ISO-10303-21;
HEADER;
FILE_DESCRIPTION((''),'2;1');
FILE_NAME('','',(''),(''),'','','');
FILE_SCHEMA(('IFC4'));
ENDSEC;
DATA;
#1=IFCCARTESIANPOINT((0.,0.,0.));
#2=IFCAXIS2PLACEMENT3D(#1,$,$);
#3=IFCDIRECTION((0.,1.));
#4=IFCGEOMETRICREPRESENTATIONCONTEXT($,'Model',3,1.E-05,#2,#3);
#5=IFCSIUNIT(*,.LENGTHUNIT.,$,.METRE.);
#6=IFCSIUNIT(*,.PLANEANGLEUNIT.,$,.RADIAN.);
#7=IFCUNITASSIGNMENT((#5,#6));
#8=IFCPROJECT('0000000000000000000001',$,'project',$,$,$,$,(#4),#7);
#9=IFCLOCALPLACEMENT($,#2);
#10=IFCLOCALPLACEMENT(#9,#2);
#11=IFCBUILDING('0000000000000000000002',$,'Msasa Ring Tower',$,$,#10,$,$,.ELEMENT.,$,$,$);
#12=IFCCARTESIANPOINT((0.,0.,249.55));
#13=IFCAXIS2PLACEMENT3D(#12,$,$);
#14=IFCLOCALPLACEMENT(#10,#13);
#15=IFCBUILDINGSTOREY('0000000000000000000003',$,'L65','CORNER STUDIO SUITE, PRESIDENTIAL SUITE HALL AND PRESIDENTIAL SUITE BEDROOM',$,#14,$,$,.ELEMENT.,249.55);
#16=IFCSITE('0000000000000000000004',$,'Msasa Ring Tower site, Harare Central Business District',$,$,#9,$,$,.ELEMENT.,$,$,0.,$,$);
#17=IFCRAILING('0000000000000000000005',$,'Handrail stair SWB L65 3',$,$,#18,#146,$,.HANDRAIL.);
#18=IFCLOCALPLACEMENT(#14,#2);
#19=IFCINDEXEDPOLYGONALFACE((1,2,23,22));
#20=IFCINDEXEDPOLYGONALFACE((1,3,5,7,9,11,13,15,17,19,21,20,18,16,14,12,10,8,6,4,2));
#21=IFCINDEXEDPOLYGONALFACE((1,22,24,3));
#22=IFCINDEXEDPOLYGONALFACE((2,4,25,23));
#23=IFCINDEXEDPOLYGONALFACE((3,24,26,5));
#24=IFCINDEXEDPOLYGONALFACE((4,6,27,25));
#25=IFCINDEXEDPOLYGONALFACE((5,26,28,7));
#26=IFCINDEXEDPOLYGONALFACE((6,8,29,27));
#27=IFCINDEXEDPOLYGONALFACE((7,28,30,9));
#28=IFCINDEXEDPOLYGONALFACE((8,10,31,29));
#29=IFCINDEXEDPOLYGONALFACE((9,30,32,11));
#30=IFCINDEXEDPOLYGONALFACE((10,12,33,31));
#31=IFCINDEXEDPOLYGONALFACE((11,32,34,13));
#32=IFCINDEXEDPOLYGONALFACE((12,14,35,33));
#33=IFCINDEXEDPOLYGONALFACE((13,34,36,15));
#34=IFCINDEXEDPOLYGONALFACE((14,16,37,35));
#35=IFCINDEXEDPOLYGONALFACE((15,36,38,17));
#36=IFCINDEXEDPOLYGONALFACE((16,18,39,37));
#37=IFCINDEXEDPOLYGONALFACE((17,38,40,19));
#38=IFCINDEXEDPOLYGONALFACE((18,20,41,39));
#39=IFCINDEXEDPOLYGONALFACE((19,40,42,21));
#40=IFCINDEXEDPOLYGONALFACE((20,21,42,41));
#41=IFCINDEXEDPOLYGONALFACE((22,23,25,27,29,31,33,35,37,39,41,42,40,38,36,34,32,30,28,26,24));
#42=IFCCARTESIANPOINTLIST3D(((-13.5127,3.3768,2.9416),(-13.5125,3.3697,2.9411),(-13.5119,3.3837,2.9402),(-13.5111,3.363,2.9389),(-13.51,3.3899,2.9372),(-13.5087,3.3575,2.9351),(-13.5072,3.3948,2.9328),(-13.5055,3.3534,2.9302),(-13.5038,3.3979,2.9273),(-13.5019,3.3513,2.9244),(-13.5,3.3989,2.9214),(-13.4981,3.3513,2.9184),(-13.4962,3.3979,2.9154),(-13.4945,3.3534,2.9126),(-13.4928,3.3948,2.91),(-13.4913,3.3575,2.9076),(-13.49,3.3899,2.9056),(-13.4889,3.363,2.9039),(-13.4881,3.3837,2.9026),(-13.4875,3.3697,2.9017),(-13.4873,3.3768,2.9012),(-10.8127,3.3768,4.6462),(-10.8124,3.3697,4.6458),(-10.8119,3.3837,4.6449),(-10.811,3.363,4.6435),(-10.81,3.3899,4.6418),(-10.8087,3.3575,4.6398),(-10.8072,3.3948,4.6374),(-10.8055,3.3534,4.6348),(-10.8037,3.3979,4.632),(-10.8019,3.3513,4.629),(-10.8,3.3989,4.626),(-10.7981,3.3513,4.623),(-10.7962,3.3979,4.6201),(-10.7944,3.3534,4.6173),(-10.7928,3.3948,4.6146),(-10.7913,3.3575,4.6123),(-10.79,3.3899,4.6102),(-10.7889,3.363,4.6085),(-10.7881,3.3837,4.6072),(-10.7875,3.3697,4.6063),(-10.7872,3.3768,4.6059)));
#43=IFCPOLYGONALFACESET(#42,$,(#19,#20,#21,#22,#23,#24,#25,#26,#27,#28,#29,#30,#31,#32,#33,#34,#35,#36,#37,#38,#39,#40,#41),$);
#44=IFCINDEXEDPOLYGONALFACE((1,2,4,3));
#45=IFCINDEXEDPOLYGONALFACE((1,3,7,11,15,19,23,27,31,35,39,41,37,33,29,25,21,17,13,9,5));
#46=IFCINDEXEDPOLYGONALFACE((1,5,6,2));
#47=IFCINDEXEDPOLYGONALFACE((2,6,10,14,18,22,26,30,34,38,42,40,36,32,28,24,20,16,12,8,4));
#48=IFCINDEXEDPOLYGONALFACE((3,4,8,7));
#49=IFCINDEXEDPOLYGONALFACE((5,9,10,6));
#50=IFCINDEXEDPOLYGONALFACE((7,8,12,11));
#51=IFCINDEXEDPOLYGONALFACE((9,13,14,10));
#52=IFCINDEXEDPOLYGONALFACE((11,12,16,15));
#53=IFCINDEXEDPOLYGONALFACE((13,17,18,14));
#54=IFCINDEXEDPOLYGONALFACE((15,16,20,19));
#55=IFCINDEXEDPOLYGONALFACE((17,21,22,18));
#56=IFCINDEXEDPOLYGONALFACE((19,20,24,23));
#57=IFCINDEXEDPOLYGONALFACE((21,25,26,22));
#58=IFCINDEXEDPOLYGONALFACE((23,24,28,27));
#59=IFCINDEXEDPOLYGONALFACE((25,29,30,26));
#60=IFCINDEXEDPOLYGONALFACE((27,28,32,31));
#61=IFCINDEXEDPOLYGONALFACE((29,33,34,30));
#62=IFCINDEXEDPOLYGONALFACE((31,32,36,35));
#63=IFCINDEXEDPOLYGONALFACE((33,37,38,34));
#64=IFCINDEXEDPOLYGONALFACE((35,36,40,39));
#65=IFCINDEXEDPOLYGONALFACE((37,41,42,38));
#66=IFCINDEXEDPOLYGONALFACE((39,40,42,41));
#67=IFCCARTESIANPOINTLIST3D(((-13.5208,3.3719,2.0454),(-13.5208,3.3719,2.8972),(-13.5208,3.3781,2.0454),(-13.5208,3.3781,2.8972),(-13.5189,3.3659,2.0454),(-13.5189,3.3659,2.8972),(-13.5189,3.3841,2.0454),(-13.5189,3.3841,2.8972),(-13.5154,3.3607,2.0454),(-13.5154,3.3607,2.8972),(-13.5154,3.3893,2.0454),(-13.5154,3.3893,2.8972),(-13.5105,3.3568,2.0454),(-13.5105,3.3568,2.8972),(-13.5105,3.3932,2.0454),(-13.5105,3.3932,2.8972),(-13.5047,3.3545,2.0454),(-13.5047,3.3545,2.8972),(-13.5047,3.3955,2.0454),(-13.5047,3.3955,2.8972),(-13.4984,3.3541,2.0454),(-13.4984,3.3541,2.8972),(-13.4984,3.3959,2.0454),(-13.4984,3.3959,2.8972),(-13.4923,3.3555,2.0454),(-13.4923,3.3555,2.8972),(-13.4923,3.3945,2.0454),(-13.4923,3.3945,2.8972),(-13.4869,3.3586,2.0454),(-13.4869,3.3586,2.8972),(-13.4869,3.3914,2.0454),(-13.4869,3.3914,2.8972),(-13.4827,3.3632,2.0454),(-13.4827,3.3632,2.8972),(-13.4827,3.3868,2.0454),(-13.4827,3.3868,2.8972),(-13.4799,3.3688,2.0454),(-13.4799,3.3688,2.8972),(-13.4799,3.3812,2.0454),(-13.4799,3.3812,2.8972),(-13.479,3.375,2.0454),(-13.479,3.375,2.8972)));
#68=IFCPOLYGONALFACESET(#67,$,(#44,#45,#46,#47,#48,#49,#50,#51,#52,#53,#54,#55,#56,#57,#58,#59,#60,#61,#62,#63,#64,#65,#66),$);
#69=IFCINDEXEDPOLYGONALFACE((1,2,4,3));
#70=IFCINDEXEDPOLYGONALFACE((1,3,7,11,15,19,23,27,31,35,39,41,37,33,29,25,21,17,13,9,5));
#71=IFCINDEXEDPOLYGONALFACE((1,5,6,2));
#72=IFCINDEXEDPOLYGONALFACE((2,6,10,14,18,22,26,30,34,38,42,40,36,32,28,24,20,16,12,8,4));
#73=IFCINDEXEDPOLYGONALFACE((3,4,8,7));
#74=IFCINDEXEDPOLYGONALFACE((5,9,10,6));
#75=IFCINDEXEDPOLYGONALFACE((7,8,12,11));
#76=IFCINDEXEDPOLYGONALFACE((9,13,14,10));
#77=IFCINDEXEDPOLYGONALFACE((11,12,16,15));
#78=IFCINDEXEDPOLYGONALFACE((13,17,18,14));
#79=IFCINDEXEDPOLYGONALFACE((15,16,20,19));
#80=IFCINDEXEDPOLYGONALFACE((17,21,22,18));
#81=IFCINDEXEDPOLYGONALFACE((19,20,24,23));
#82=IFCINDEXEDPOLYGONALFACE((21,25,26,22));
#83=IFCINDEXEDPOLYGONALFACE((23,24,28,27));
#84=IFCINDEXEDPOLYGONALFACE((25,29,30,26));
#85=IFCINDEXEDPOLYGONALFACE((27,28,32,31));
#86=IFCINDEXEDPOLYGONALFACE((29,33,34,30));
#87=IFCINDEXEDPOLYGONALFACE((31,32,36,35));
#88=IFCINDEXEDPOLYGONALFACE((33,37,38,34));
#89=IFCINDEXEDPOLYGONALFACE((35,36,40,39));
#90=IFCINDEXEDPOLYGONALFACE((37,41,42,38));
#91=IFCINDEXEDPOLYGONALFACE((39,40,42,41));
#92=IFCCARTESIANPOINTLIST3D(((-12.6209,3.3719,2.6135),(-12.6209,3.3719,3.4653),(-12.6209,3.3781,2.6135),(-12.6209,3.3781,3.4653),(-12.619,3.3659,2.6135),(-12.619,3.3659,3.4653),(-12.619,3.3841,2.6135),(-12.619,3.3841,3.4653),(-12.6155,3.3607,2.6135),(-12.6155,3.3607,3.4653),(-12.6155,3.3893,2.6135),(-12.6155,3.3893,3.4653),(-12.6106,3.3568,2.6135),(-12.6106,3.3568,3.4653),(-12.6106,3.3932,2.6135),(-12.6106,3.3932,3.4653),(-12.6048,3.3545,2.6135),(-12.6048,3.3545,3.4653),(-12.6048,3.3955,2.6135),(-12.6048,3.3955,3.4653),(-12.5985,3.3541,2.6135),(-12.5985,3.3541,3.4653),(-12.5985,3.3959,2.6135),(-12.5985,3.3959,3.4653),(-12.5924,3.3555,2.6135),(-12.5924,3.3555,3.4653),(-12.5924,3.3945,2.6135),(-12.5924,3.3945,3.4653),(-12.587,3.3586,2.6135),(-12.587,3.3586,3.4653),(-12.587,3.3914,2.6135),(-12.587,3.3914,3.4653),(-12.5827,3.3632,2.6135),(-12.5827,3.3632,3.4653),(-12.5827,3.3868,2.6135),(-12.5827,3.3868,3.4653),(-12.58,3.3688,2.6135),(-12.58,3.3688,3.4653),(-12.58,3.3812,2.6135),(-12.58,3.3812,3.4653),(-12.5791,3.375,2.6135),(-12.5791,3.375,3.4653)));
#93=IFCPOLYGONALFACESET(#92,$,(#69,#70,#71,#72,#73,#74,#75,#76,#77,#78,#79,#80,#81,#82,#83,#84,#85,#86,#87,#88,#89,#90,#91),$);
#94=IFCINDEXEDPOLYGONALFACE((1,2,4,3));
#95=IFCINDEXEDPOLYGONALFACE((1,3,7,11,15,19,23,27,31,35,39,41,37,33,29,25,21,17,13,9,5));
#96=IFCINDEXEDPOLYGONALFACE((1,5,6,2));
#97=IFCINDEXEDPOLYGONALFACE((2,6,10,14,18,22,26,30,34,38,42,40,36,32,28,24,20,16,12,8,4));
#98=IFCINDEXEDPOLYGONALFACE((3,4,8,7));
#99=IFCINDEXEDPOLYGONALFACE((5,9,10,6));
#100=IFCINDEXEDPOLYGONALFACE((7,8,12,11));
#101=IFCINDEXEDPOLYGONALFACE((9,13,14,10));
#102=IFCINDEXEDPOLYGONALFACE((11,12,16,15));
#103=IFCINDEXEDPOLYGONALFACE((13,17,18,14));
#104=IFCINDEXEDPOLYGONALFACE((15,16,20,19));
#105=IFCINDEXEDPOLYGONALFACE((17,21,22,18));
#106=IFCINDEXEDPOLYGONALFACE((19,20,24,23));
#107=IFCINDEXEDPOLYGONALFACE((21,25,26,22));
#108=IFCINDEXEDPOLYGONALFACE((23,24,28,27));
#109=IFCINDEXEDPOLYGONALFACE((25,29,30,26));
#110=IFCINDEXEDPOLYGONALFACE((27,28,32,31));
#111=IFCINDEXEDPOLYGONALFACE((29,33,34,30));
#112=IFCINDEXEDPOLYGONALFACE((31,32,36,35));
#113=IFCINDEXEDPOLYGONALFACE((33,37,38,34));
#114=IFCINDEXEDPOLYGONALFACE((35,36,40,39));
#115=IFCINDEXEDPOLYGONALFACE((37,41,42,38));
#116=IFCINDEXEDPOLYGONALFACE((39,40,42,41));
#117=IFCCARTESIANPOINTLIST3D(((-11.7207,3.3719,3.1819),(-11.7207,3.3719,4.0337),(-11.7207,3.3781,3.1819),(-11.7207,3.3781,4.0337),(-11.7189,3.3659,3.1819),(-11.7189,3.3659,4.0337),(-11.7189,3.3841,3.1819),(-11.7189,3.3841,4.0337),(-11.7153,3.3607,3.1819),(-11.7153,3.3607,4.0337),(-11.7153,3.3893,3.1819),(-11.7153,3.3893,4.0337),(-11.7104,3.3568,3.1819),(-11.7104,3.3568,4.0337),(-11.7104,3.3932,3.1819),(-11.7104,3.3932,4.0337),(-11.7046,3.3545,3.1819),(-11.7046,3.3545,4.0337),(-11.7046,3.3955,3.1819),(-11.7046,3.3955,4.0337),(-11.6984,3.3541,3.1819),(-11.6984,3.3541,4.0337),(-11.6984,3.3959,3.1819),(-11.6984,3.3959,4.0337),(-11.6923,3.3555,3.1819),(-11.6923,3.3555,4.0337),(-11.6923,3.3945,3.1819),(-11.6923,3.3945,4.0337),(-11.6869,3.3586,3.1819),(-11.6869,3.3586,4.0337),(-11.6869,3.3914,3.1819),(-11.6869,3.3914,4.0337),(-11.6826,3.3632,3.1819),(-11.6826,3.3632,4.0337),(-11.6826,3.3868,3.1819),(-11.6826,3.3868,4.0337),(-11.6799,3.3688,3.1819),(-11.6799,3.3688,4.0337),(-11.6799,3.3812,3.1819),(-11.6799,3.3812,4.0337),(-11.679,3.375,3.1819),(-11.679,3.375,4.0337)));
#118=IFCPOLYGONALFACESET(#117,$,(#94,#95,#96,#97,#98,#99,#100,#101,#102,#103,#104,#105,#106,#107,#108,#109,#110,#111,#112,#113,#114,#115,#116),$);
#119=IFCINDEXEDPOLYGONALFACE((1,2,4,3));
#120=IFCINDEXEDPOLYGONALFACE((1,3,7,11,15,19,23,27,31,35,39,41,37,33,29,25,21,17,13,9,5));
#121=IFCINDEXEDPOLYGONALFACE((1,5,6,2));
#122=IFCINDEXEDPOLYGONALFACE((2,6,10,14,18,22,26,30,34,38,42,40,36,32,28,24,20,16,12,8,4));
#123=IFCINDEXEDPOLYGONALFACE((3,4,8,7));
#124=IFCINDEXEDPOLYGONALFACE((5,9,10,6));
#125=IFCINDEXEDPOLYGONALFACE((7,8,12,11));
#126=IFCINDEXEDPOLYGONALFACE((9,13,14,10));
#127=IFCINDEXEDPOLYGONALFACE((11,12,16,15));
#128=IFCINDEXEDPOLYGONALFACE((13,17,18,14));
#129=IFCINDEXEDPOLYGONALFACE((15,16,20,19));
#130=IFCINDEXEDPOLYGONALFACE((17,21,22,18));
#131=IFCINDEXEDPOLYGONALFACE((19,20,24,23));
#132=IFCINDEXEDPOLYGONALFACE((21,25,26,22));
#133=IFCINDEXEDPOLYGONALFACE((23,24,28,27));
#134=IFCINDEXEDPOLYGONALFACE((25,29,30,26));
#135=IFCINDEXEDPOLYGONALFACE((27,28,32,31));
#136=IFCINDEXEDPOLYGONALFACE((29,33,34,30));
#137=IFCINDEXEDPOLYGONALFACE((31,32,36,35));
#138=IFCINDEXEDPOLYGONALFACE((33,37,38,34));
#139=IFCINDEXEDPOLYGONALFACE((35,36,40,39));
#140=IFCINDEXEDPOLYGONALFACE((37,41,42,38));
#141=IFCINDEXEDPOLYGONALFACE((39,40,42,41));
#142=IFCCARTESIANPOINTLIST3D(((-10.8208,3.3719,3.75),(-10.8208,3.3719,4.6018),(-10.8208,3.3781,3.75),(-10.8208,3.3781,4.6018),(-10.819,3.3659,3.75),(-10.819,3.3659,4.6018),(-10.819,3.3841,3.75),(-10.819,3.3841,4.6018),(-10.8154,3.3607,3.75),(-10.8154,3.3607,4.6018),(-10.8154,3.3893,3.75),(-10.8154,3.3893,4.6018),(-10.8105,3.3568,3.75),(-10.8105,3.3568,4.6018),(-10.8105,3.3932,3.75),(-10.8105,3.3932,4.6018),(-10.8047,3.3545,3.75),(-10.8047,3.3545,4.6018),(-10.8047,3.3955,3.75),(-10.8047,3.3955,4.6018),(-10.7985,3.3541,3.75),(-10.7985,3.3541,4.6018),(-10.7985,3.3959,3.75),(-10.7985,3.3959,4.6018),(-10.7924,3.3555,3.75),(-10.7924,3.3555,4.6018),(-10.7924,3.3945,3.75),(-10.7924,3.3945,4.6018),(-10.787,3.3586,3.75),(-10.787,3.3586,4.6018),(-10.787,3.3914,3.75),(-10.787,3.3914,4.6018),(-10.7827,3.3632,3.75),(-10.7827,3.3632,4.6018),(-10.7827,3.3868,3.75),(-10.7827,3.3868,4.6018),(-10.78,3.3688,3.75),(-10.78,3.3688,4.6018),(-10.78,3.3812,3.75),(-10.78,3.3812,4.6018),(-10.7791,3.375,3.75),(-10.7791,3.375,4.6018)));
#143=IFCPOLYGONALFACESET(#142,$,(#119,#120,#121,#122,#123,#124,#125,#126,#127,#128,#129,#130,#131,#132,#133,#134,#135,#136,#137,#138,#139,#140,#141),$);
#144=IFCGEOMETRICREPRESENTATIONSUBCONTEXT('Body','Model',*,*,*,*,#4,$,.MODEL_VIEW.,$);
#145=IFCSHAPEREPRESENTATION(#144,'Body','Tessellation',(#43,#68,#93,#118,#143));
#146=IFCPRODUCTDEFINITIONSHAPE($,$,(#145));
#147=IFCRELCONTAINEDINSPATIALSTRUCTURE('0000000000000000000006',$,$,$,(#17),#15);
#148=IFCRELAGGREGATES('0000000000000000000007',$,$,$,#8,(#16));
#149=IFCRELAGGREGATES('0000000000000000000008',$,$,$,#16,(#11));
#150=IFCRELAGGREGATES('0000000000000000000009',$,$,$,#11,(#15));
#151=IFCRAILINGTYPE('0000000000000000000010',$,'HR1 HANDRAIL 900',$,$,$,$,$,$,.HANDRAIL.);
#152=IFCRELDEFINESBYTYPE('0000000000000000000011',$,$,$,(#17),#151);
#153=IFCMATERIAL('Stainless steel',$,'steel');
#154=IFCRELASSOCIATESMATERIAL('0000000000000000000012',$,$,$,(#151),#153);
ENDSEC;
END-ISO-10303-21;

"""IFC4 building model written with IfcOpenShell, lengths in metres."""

from ifc_helpers import new_model, si_unit, direction, frame, origin, origin_2d, place, context, subcontext, project, spatial, circle, extrude, material, type_object, element, save


model = new_model("IFC4")

# Units and contexts
model_context = context("Model", 3, precision=1e-05, world=origin(), true_north=direction((0.0, 1.0)))
body_context = subcontext(model_context, "Body", "Model", "MODEL_VIEW")
ifc_project = project(units=[si_unit("LENGTHUNIT", "METRE"), si_unit("PLANEANGLEUNIT", "RADIAN")], contexts=[model_context])

# Site, building, storey
site_placement = place(None, origin())
site = spatial("IfcSite", under=ifc_project, at=site_placement, Name="Msasa Ring Tower site, Harare Central Business District", CompositionType="ELEMENT", RefElevation=0.0)
building_placement = place(site_placement, origin())
building = spatial("IfcBuilding", under=site, at=building_placement, Name="Msasa Ring Tower", CompositionType="ELEMENT")
storey_placement = place(building_placement, frame((0.0, 0.0, 249.55)))
storey = spatial("IfcBuildingStorey", under=building, at=storey_placement, Name="L65", Description="CORNER STUDIO SUITE, PRESIDENTIAL SUITE HALL AND PRESIDENTIAL SUITE BEDROOM", CompositionType="ELEMENT", Elevation=249.55)

# Railing
ifc_material_1 = material(Name="Stainless steel", Category="steel")
railing_type = type_object("IfcRailingType", Name="HR1 HANDRAIL 900", PredefinedType="HANDRAIL", material=ifc_material_1)
for number, where, name in (
    (1, (-13.5, 3.375, 2.0454), "Handrail stair SWB L65 3"),
):
    element("IfcRailing", number, at=place(storey_placement, frame(where)), inside=storey, type_object=railing_type, Name=name, PredefinedType="HANDRAIL", context=body_context, shape_type="SweptSolid", body=[
        extrude(circle(Radius=0.0239, at=origin_2d()), frame((0.0, 0.0, 0.876), z_axis=(0.84558, 0.0, 0.533849), x_axis=(0.0, 1.0, 0.0)), (0.0, 0.0, 1.0), 3.1931),
        extrude(circle(Radius=0.021, at=origin_2d()), origin(), (0.0, 0.0, 1.0), 0.8518),
        extrude(circle(Radius=0.021, at=origin_2d()), frame((0.8999, 0.0, 0.5681)), (0.0, 0.0, 1.0), 0.8518),
        extrude(circle(Radius=0.021, at=origin_2d()), frame((1.8, 0.0, 1.1365)), (0.0, 0.0, 1.0), 0.8518),
        extrude(circle(Radius=0.021, at=origin_2d()), frame((2.7, 0.0, 1.7046)), (0.0, 0.0, 1.0), 0.8518),
    ])

save(model, "model.ifc")
